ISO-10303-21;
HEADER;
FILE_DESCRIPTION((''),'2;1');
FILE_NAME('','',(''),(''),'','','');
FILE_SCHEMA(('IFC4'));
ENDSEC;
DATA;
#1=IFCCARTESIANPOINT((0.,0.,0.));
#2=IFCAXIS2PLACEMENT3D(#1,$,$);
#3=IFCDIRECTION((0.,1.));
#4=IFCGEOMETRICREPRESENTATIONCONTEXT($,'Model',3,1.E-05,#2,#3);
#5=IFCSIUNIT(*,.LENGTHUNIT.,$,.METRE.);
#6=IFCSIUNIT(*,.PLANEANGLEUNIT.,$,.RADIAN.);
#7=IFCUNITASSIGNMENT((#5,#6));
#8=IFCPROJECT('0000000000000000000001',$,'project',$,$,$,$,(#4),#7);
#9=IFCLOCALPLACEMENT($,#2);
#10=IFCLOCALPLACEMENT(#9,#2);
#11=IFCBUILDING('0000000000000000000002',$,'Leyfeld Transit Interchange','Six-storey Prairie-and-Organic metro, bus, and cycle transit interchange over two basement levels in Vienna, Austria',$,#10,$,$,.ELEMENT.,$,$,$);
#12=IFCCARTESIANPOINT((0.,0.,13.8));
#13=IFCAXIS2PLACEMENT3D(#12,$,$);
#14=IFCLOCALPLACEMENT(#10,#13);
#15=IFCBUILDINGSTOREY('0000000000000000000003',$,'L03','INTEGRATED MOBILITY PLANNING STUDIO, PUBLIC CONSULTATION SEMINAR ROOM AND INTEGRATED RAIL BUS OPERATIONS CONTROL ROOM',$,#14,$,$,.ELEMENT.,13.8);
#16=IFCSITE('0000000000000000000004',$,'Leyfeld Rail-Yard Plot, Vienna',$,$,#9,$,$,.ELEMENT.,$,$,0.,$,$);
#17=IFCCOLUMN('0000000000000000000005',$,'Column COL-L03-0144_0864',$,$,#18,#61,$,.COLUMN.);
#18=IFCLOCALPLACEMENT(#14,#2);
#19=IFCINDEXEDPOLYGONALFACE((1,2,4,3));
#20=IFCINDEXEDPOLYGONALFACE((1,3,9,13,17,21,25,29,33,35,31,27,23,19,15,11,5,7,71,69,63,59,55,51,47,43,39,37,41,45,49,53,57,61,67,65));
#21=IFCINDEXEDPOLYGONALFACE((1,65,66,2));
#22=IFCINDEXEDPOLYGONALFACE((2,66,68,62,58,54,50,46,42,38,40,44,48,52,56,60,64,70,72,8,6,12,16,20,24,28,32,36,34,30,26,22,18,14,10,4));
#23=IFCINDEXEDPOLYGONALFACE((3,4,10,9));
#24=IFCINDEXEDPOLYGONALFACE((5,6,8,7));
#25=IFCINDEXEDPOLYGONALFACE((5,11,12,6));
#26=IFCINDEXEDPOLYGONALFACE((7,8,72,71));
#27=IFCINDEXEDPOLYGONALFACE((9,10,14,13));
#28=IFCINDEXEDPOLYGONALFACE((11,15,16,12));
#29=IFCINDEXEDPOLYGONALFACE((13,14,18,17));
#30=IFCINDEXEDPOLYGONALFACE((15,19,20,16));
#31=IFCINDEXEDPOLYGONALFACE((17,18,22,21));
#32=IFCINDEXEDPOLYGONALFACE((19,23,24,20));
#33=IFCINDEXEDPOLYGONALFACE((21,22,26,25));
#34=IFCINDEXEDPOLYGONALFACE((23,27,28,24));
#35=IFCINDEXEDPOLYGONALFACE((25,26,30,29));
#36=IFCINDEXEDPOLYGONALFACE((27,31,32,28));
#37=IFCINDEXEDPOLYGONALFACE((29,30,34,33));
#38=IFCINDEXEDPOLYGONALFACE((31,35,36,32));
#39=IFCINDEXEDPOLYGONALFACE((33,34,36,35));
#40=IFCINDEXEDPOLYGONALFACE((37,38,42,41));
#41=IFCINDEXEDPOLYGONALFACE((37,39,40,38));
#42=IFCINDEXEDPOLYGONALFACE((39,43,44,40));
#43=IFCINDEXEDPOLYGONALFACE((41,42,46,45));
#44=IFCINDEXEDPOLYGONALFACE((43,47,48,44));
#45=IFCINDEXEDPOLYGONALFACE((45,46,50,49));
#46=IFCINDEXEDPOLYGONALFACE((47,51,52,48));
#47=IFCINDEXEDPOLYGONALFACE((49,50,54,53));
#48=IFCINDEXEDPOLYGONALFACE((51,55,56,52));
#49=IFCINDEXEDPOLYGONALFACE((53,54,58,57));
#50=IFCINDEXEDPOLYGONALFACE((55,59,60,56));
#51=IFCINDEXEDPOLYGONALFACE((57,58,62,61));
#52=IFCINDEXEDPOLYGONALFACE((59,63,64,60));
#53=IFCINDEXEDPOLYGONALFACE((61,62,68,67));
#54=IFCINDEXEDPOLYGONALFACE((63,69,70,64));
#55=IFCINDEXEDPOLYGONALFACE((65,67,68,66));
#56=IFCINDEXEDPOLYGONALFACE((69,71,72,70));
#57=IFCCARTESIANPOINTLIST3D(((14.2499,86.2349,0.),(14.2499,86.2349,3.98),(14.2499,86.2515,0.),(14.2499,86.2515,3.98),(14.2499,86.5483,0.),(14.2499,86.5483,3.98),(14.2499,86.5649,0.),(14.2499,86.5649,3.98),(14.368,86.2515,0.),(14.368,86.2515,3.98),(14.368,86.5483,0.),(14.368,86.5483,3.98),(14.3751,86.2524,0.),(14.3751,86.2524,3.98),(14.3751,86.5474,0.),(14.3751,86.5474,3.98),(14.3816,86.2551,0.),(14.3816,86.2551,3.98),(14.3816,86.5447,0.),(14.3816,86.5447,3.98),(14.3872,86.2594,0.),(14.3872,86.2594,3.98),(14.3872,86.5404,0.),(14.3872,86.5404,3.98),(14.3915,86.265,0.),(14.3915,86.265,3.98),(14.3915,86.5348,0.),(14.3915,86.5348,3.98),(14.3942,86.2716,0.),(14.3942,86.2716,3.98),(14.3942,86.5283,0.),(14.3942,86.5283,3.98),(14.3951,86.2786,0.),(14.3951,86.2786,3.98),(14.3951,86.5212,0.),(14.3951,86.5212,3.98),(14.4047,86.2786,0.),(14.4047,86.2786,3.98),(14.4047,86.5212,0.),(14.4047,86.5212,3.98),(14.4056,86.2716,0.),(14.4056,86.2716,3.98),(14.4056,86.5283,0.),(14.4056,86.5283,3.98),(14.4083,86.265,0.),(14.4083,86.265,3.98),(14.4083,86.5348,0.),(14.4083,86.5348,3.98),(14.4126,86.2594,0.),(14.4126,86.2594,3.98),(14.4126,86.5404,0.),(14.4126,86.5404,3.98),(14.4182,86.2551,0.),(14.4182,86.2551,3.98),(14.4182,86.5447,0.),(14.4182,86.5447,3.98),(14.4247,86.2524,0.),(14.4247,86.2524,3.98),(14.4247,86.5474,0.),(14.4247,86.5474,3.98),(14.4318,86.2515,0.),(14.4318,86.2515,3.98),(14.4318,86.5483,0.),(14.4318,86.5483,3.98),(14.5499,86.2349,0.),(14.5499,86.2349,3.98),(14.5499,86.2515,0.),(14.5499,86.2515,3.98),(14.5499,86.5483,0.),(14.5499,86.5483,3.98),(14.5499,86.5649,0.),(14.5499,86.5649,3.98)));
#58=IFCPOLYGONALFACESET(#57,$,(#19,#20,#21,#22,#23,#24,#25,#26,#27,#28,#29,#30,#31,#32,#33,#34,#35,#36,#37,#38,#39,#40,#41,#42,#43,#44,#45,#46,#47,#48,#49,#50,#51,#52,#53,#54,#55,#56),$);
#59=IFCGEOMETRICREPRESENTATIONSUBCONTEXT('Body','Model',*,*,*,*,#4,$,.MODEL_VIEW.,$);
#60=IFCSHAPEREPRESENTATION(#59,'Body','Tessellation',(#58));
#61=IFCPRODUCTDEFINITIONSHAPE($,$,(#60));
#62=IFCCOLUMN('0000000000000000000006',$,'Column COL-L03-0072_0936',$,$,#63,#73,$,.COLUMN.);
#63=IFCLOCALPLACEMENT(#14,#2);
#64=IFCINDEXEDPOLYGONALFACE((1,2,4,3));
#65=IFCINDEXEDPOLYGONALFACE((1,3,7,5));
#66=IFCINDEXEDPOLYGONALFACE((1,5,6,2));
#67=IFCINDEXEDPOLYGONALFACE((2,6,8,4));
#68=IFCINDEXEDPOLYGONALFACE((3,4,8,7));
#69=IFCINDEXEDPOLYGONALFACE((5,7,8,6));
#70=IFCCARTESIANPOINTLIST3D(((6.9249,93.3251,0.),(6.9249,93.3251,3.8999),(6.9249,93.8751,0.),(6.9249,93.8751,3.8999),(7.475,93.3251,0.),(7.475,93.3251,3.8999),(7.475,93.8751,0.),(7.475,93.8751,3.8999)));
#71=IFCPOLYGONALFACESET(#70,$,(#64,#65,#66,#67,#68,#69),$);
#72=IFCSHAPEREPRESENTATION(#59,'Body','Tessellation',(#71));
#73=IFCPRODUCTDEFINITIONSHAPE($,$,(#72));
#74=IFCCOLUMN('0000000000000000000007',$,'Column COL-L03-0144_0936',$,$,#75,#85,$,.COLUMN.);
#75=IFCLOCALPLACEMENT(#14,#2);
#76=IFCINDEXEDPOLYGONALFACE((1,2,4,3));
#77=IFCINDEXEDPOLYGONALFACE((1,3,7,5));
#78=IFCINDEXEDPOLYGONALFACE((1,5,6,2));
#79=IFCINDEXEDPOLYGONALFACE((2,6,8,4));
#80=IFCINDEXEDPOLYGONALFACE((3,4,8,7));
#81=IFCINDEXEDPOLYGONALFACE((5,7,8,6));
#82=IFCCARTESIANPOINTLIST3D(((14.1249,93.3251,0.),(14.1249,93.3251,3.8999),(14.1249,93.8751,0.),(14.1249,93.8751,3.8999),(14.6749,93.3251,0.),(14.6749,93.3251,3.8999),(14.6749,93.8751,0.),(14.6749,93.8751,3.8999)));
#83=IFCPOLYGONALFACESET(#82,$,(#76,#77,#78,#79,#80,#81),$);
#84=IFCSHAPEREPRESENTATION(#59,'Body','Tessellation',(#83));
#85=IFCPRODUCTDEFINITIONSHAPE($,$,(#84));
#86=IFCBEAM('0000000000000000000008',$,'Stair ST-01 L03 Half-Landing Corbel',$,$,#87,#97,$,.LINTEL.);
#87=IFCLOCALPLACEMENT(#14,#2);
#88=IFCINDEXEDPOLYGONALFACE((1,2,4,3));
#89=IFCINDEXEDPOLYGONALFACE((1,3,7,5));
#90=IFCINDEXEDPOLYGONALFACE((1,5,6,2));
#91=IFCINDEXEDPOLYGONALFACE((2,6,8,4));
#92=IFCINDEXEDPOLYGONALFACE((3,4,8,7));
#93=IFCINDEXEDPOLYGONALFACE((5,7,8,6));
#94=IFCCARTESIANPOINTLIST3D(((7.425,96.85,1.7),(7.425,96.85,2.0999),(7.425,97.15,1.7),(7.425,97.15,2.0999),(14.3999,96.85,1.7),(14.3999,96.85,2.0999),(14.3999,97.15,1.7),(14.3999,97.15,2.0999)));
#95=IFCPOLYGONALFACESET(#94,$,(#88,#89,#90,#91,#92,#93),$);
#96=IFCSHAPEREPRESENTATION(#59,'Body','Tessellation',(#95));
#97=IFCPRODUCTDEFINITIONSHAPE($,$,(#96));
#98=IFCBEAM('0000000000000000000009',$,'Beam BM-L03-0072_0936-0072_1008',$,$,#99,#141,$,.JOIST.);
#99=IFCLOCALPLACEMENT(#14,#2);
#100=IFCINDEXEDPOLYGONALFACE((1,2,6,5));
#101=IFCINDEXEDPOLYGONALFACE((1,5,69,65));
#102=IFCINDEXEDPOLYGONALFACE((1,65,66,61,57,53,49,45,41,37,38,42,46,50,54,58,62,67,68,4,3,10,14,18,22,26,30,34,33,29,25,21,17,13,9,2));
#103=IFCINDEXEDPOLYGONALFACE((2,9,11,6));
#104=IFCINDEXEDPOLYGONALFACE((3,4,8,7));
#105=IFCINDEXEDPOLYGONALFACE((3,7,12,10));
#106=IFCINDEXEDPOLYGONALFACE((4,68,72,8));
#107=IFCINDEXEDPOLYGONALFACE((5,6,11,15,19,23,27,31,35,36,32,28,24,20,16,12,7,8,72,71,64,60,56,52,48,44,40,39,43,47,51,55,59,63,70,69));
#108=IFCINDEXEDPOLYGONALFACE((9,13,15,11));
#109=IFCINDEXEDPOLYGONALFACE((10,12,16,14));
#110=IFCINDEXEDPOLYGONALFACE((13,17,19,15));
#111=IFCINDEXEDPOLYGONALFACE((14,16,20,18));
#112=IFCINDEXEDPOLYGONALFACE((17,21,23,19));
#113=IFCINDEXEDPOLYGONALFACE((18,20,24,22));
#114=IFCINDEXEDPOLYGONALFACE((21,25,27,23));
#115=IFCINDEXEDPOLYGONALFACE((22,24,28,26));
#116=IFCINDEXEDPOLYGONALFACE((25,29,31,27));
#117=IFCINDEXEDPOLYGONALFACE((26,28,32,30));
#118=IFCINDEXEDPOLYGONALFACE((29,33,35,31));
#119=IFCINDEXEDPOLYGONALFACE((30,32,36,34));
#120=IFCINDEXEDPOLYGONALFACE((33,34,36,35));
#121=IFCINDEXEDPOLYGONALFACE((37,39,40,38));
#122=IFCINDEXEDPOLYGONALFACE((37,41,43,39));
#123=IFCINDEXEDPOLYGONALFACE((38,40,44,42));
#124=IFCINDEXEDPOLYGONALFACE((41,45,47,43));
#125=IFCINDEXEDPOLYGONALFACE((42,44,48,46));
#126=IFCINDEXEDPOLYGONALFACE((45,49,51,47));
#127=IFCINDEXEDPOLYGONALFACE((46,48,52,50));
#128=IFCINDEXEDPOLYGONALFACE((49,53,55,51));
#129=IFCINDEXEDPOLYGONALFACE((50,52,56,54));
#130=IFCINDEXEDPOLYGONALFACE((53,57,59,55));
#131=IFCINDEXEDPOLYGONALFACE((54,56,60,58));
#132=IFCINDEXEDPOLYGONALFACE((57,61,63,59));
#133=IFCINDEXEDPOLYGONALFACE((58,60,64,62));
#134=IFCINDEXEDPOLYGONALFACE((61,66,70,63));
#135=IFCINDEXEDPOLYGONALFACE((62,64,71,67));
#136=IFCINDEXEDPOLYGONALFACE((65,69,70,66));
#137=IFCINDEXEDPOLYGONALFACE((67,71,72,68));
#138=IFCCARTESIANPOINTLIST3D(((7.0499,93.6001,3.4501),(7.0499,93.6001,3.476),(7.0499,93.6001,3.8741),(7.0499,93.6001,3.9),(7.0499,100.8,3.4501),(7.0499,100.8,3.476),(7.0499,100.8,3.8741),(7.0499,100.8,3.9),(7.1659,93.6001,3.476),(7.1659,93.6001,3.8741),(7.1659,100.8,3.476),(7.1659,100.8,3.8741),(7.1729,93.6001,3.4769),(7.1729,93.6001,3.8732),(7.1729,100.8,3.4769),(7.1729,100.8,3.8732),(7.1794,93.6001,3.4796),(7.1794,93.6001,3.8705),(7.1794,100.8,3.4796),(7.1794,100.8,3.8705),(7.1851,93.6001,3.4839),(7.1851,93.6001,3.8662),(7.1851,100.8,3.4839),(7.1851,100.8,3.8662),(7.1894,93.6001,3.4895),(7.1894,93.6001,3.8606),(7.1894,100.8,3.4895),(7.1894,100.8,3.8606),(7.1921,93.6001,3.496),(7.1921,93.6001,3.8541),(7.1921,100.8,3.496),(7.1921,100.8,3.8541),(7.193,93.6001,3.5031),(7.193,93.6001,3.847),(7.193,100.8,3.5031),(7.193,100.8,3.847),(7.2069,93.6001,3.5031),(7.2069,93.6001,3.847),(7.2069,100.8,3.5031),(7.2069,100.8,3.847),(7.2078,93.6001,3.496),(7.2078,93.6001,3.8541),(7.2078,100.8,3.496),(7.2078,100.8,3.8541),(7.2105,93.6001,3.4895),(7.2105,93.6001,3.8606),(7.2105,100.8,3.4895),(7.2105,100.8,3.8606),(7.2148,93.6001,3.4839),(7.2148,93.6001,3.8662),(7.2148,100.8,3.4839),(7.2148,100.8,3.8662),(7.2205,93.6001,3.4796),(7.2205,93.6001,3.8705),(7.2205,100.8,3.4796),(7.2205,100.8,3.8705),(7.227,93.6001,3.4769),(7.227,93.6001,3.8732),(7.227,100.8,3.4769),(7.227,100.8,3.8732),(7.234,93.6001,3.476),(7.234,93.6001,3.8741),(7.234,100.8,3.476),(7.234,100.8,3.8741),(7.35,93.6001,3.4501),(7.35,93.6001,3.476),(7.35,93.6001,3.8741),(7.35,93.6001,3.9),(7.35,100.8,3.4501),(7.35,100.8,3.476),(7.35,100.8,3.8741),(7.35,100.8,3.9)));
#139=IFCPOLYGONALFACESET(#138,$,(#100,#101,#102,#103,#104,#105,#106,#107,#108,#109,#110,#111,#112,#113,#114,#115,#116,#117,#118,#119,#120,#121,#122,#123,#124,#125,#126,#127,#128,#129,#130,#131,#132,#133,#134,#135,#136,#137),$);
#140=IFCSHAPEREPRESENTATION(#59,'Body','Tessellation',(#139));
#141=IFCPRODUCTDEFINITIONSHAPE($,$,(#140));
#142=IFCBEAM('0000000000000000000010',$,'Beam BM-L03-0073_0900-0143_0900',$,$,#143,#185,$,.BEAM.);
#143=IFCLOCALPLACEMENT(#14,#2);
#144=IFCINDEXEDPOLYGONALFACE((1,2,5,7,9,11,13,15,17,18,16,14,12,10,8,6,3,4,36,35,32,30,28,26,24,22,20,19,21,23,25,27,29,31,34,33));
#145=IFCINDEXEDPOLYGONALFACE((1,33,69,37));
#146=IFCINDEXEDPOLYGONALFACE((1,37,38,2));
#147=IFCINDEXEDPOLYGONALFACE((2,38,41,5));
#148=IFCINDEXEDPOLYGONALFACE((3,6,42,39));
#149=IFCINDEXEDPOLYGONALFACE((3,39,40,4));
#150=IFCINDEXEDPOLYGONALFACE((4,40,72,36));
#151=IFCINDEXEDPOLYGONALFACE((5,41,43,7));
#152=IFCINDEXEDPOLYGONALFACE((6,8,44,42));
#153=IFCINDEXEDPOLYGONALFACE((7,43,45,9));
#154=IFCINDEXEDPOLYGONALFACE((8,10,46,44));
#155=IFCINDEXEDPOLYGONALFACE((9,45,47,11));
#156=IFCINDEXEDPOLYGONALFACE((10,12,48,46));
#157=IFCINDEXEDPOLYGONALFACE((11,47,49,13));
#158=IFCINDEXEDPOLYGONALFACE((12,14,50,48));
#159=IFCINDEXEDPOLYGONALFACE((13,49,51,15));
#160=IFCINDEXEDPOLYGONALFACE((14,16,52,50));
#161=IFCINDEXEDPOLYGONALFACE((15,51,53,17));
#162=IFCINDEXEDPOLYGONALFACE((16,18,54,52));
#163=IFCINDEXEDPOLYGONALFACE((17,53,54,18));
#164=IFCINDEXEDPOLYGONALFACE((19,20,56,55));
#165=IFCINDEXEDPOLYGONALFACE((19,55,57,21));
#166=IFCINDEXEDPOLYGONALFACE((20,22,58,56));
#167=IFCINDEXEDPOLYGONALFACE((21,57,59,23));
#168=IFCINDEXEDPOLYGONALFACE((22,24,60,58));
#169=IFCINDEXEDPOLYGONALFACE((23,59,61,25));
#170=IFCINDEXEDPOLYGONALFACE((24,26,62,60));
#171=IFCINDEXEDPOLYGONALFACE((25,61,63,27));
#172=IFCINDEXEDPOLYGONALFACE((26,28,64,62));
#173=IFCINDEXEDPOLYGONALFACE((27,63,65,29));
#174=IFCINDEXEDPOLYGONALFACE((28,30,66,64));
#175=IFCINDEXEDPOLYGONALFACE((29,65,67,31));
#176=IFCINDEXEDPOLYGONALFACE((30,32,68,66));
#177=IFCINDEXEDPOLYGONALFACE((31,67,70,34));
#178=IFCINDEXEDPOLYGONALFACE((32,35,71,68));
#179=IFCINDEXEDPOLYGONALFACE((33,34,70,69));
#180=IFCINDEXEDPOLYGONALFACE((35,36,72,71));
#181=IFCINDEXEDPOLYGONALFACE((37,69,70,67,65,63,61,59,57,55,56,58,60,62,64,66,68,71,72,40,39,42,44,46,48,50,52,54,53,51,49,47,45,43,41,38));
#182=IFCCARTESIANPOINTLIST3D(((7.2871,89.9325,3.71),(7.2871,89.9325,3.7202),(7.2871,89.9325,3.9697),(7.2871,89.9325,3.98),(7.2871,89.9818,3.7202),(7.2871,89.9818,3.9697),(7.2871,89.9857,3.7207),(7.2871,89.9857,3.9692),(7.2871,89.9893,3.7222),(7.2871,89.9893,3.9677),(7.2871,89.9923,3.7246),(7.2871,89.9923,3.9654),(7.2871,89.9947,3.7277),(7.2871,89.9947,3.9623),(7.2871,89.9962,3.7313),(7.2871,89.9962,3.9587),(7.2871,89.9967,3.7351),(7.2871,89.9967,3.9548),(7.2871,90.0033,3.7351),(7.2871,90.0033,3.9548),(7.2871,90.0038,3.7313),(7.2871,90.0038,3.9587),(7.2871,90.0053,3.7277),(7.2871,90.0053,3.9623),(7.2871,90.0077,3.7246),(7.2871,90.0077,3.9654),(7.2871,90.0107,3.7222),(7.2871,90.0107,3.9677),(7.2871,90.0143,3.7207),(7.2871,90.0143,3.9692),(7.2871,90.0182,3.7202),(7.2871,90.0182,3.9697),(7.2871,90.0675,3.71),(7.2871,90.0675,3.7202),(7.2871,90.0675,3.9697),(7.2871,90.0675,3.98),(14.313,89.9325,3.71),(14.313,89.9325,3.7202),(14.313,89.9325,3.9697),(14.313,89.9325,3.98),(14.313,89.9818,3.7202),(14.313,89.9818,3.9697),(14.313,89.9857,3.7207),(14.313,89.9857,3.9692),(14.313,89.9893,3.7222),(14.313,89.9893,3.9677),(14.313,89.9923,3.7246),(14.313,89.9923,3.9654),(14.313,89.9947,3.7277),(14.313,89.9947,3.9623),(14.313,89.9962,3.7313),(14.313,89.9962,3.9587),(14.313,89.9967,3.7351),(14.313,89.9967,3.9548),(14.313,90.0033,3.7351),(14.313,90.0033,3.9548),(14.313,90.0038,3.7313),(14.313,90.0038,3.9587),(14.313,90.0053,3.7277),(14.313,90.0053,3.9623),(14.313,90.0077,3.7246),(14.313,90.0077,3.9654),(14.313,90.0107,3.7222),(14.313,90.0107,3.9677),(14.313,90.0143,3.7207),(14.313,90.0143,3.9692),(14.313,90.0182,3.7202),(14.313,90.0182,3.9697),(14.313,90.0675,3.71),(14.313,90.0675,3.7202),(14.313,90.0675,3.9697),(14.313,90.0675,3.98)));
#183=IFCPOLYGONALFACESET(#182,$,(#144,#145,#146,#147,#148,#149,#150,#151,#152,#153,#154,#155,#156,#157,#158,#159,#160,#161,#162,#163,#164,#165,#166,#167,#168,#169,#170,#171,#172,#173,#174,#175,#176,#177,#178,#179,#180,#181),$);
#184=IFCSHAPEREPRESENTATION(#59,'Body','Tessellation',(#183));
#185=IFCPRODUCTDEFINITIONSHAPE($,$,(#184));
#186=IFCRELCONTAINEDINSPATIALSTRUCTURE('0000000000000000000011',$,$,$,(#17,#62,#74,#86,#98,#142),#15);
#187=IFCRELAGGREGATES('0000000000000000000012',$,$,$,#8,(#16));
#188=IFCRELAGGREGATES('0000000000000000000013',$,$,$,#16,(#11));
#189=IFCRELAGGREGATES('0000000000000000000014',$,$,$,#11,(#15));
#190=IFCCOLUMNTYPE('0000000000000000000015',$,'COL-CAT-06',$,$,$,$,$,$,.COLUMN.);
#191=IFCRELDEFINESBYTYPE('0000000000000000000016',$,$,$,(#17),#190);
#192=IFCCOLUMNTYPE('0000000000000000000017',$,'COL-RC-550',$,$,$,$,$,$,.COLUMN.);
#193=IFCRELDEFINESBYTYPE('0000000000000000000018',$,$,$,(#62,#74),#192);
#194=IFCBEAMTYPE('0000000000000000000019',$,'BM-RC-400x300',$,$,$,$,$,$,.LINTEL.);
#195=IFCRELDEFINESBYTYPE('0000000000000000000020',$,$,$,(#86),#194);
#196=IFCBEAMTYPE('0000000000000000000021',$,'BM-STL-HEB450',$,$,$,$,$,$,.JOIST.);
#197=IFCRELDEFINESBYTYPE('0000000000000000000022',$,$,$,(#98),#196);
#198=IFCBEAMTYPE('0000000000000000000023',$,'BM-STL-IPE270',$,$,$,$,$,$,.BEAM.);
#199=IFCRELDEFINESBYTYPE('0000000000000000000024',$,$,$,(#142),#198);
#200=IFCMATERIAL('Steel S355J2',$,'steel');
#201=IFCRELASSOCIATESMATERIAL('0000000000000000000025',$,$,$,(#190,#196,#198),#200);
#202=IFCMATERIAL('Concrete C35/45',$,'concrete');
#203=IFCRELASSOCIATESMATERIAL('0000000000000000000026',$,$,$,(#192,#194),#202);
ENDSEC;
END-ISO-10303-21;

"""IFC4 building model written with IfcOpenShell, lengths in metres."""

from ifc_helpers import new_model, si_unit, direction, frame, origin, origin_2d, place, context, subcontext, project, spatial, rectangle, i_section, extrude, material, material_profile, profile_set, type_object, element, save


model = new_model("IFC4")

# Units and contexts
model_context = context("Model", 3, precision=1e-05, world=origin(), true_north=direction((0.0, 1.0)))
body_context = subcontext(model_context, "Body", "Model", "MODEL_VIEW")
ifc_project = project(units=[si_unit("LENGTHUNIT", "METRE"), si_unit("PLANEANGLEUNIT", "RADIAN")], contexts=[model_context])

# Site, building, storey
site_placement = place(None, origin())
site = spatial("IfcSite", under=ifc_project, at=site_placement, Name="Leyfeld Rail-Yard Plot, Vienna", CompositionType="ELEMENT", RefElevation=0.0)
building_placement = place(site_placement, origin())
building = spatial("IfcBuilding", under=site, at=building_placement, Name="Leyfeld Transit Interchange", Description="Six-storey Prairie-and-Organic metro, bus, and cycle transit interchange over two basement levels in Vienna, Austria", CompositionType="ELEMENT")
storey_placement = place(building_placement, frame((0.0, 0.0, 13.8)))
storey = spatial("IfcBuildingStorey", under=building, at=storey_placement, Name="L03", Description="INTEGRATED MOBILITY PLANNING STUDIO, PUBLIC CONSULTATION SEMINAR ROOM AND INTEGRATED RAIL BUS OPERATIONS CONTROL ROOM", CompositionType="ELEMENT", Elevation=13.8)

# Columns
ifc_material_1 = material(Name="Steel S355J2", Category="steel")
ifc_material_profile_1 = material_profile(ifc_material_1, i_section(OverallWidth=0.3, OverallDepth=0.3301, WebThickness=0.0095, FlangeThickness=0.0166, FilletRadius=0.0271, at=origin_2d()), Name="HEA 340")
ifc_profile_set_1 = profile_set([ifc_material_profile_1], Name="Steel S355J2")
column_type_1 = type_object("IfcColumnType", Name="COL-CAT-06", PredefinedType="COLUMN", material=ifc_profile_set_1)
column_placement = place(storey_placement, frame((14.3999, 86.3999, 0.0), z_axis=(0.0, 0.0, 1.0), x_axis=(1.0, 0.0, 0.0)))
element("IfcColumn", 1, at=column_placement, inside=storey, type_object=column_type_1, Name="Column COL-L03-0144_0864", PredefinedType="COLUMN", context=body_context, shape_type="SweptSolid", body=[
    extrude(i_section(OverallWidth=0.3, OverallDepth=0.3301, WebThickness=0.0095, FlangeThickness=0.0166, FilletRadius=0.0271, at=origin_2d()), origin(), (0.0, 0.0, 1.0), 3.98),
])
ifc_material_2 = material(Name="Concrete C35/45", Category="concrete")
ifc_material_profile_2 = material_profile(ifc_material_2, rectangle(XDim=0.55, YDim=0.55, at=origin_2d()), Name="RC 550x550")
ifc_profile_set_2 = profile_set([ifc_material_profile_2], Name="Concrete C35/45")
column_type_2 = type_object("IfcColumnType", Name="COL-RC-550", PredefinedType="COLUMN", material=ifc_profile_set_2)
for number, where, z_axis, x_axis, name in (
    (2, (7.2, 93.6001, 0.0), (0.0, 0.0, 1.0), (1.0, 0.0, 0.0), "Column COL-L03-0072_0936"),
    (3, (14.3999, 93.6001, 0.0), (0.0, 0.0, 1.0), (1.0, 0.0, 0.0), "Column COL-L03-0144_0936"),
):
    element("IfcColumn", number, at=place(storey_placement, frame(where, z_axis=z_axis, x_axis=x_axis)), inside=storey, type_object=column_type_2, Name=name, PredefinedType="COLUMN", context=body_context, shape_type="SweptSolid", body=[
        extrude(rectangle(XDim=0.55, YDim=0.55, at=origin_2d()), origin(), (0.0, 0.0, 1.0), 3.8999),
    ])

# Beams
ifc_material_profile_3 = material_profile(ifc_material_2, rectangle(XDim=0.3, YDim=0.3999, at=origin_2d()), Name="RC 400x300")
ifc_profile_set_3 = profile_set([ifc_material_profile_3], Name="Concrete C35/45")
beam_type_1 = type_object("IfcBeamType", Name="BM-RC-400x300", PredefinedType="LINTEL", material=ifc_profile_set_3)
beam_1_placement = place(storey_placement, frame((7.425, 97.0, 1.8999), z_axis=(1.0, 0.0, 0.0), x_axis=(0.0, 1.0, 0.0)))
element("IfcBeam", 4, at=beam_1_placement, inside=storey, type_object=beam_type_1, Name="Stair ST-01 L03 Half-Landing Corbel", PredefinedType="LINTEL", context=body_context, shape_type="SweptSolid", body=[
    extrude(rectangle(XDim=0.3, YDim=0.3999, at=origin_2d()), origin(), (0.0, 0.0, 1.0), 6.9749),
])
ifc_material_profile_4 = material_profile(ifc_material_1, i_section(OverallWidth=0.3, OverallDepth=0.45, WebThickness=0.0139, FlangeThickness=0.0259, FilletRadius=0.0271, at=origin_2d()), Name="HEB 450")
ifc_profile_set_4 = profile_set([ifc_material_profile_4], Name="Steel S355J2")
beam_type_2 = type_object("IfcBeamType", Name="BM-STL-HEB450", PredefinedType="JOIST", material=ifc_profile_set_4)
beam_2_placement = place(storey_placement, frame((7.2, 93.6001, 3.675), z_axis=(0.0, 1.0, 0.0), x_axis=(-1.0, 0.0, 0.0)))
element("IfcBeam", 5, at=beam_2_placement, inside=storey, type_object=beam_type_2, Name="Beam BM-L03-0072_0936-0072_1008", PredefinedType="JOIST", context=body_context, shape_type="SweptSolid", body=[
    extrude(i_section(OverallWidth=0.3, OverallDepth=0.45, WebThickness=0.0139, FlangeThickness=0.0259, FilletRadius=0.0271, at=origin_2d()), origin(), (0.0, 0.0, 1.0), 7.2),
])
ifc_material_profile_5 = material_profile(ifc_material_1, i_section(OverallWidth=0.135, OverallDepth=0.27, WebThickness=0.0066, FlangeThickness=0.0103, FilletRadius=0.0149, at=origin_2d()), Name="IPE 270")
ifc_profile_set_5 = profile_set([ifc_material_profile_5], Name="Steel S355J2")
beam_type_3 = type_object("IfcBeamType", Name="BM-STL-IPE270", PredefinedType="BEAM", material=ifc_profile_set_5)
beam_3_placement = place(storey_placement, frame((7.2871, 90.0, 3.845), z_axis=(1.0, 0.0, 0.0), x_axis=(0.0, 1.0, 0.0)))
element("IfcBeam", 6, at=beam_3_placement, inside=storey, type_object=beam_type_3, Name="Beam BM-L03-0073_0900-0143_0900", PredefinedType="BEAM", context=body_context, shape_type="SweptSolid", body=[
    extrude(i_section(OverallWidth=0.135, OverallDepth=0.27, WebThickness=0.0066, FlangeThickness=0.0103, FilletRadius=0.0149, at=origin_2d()), origin(), (0.0, 0.0, 1.0), 7.0259),
])

save(model, "model.ifc")
